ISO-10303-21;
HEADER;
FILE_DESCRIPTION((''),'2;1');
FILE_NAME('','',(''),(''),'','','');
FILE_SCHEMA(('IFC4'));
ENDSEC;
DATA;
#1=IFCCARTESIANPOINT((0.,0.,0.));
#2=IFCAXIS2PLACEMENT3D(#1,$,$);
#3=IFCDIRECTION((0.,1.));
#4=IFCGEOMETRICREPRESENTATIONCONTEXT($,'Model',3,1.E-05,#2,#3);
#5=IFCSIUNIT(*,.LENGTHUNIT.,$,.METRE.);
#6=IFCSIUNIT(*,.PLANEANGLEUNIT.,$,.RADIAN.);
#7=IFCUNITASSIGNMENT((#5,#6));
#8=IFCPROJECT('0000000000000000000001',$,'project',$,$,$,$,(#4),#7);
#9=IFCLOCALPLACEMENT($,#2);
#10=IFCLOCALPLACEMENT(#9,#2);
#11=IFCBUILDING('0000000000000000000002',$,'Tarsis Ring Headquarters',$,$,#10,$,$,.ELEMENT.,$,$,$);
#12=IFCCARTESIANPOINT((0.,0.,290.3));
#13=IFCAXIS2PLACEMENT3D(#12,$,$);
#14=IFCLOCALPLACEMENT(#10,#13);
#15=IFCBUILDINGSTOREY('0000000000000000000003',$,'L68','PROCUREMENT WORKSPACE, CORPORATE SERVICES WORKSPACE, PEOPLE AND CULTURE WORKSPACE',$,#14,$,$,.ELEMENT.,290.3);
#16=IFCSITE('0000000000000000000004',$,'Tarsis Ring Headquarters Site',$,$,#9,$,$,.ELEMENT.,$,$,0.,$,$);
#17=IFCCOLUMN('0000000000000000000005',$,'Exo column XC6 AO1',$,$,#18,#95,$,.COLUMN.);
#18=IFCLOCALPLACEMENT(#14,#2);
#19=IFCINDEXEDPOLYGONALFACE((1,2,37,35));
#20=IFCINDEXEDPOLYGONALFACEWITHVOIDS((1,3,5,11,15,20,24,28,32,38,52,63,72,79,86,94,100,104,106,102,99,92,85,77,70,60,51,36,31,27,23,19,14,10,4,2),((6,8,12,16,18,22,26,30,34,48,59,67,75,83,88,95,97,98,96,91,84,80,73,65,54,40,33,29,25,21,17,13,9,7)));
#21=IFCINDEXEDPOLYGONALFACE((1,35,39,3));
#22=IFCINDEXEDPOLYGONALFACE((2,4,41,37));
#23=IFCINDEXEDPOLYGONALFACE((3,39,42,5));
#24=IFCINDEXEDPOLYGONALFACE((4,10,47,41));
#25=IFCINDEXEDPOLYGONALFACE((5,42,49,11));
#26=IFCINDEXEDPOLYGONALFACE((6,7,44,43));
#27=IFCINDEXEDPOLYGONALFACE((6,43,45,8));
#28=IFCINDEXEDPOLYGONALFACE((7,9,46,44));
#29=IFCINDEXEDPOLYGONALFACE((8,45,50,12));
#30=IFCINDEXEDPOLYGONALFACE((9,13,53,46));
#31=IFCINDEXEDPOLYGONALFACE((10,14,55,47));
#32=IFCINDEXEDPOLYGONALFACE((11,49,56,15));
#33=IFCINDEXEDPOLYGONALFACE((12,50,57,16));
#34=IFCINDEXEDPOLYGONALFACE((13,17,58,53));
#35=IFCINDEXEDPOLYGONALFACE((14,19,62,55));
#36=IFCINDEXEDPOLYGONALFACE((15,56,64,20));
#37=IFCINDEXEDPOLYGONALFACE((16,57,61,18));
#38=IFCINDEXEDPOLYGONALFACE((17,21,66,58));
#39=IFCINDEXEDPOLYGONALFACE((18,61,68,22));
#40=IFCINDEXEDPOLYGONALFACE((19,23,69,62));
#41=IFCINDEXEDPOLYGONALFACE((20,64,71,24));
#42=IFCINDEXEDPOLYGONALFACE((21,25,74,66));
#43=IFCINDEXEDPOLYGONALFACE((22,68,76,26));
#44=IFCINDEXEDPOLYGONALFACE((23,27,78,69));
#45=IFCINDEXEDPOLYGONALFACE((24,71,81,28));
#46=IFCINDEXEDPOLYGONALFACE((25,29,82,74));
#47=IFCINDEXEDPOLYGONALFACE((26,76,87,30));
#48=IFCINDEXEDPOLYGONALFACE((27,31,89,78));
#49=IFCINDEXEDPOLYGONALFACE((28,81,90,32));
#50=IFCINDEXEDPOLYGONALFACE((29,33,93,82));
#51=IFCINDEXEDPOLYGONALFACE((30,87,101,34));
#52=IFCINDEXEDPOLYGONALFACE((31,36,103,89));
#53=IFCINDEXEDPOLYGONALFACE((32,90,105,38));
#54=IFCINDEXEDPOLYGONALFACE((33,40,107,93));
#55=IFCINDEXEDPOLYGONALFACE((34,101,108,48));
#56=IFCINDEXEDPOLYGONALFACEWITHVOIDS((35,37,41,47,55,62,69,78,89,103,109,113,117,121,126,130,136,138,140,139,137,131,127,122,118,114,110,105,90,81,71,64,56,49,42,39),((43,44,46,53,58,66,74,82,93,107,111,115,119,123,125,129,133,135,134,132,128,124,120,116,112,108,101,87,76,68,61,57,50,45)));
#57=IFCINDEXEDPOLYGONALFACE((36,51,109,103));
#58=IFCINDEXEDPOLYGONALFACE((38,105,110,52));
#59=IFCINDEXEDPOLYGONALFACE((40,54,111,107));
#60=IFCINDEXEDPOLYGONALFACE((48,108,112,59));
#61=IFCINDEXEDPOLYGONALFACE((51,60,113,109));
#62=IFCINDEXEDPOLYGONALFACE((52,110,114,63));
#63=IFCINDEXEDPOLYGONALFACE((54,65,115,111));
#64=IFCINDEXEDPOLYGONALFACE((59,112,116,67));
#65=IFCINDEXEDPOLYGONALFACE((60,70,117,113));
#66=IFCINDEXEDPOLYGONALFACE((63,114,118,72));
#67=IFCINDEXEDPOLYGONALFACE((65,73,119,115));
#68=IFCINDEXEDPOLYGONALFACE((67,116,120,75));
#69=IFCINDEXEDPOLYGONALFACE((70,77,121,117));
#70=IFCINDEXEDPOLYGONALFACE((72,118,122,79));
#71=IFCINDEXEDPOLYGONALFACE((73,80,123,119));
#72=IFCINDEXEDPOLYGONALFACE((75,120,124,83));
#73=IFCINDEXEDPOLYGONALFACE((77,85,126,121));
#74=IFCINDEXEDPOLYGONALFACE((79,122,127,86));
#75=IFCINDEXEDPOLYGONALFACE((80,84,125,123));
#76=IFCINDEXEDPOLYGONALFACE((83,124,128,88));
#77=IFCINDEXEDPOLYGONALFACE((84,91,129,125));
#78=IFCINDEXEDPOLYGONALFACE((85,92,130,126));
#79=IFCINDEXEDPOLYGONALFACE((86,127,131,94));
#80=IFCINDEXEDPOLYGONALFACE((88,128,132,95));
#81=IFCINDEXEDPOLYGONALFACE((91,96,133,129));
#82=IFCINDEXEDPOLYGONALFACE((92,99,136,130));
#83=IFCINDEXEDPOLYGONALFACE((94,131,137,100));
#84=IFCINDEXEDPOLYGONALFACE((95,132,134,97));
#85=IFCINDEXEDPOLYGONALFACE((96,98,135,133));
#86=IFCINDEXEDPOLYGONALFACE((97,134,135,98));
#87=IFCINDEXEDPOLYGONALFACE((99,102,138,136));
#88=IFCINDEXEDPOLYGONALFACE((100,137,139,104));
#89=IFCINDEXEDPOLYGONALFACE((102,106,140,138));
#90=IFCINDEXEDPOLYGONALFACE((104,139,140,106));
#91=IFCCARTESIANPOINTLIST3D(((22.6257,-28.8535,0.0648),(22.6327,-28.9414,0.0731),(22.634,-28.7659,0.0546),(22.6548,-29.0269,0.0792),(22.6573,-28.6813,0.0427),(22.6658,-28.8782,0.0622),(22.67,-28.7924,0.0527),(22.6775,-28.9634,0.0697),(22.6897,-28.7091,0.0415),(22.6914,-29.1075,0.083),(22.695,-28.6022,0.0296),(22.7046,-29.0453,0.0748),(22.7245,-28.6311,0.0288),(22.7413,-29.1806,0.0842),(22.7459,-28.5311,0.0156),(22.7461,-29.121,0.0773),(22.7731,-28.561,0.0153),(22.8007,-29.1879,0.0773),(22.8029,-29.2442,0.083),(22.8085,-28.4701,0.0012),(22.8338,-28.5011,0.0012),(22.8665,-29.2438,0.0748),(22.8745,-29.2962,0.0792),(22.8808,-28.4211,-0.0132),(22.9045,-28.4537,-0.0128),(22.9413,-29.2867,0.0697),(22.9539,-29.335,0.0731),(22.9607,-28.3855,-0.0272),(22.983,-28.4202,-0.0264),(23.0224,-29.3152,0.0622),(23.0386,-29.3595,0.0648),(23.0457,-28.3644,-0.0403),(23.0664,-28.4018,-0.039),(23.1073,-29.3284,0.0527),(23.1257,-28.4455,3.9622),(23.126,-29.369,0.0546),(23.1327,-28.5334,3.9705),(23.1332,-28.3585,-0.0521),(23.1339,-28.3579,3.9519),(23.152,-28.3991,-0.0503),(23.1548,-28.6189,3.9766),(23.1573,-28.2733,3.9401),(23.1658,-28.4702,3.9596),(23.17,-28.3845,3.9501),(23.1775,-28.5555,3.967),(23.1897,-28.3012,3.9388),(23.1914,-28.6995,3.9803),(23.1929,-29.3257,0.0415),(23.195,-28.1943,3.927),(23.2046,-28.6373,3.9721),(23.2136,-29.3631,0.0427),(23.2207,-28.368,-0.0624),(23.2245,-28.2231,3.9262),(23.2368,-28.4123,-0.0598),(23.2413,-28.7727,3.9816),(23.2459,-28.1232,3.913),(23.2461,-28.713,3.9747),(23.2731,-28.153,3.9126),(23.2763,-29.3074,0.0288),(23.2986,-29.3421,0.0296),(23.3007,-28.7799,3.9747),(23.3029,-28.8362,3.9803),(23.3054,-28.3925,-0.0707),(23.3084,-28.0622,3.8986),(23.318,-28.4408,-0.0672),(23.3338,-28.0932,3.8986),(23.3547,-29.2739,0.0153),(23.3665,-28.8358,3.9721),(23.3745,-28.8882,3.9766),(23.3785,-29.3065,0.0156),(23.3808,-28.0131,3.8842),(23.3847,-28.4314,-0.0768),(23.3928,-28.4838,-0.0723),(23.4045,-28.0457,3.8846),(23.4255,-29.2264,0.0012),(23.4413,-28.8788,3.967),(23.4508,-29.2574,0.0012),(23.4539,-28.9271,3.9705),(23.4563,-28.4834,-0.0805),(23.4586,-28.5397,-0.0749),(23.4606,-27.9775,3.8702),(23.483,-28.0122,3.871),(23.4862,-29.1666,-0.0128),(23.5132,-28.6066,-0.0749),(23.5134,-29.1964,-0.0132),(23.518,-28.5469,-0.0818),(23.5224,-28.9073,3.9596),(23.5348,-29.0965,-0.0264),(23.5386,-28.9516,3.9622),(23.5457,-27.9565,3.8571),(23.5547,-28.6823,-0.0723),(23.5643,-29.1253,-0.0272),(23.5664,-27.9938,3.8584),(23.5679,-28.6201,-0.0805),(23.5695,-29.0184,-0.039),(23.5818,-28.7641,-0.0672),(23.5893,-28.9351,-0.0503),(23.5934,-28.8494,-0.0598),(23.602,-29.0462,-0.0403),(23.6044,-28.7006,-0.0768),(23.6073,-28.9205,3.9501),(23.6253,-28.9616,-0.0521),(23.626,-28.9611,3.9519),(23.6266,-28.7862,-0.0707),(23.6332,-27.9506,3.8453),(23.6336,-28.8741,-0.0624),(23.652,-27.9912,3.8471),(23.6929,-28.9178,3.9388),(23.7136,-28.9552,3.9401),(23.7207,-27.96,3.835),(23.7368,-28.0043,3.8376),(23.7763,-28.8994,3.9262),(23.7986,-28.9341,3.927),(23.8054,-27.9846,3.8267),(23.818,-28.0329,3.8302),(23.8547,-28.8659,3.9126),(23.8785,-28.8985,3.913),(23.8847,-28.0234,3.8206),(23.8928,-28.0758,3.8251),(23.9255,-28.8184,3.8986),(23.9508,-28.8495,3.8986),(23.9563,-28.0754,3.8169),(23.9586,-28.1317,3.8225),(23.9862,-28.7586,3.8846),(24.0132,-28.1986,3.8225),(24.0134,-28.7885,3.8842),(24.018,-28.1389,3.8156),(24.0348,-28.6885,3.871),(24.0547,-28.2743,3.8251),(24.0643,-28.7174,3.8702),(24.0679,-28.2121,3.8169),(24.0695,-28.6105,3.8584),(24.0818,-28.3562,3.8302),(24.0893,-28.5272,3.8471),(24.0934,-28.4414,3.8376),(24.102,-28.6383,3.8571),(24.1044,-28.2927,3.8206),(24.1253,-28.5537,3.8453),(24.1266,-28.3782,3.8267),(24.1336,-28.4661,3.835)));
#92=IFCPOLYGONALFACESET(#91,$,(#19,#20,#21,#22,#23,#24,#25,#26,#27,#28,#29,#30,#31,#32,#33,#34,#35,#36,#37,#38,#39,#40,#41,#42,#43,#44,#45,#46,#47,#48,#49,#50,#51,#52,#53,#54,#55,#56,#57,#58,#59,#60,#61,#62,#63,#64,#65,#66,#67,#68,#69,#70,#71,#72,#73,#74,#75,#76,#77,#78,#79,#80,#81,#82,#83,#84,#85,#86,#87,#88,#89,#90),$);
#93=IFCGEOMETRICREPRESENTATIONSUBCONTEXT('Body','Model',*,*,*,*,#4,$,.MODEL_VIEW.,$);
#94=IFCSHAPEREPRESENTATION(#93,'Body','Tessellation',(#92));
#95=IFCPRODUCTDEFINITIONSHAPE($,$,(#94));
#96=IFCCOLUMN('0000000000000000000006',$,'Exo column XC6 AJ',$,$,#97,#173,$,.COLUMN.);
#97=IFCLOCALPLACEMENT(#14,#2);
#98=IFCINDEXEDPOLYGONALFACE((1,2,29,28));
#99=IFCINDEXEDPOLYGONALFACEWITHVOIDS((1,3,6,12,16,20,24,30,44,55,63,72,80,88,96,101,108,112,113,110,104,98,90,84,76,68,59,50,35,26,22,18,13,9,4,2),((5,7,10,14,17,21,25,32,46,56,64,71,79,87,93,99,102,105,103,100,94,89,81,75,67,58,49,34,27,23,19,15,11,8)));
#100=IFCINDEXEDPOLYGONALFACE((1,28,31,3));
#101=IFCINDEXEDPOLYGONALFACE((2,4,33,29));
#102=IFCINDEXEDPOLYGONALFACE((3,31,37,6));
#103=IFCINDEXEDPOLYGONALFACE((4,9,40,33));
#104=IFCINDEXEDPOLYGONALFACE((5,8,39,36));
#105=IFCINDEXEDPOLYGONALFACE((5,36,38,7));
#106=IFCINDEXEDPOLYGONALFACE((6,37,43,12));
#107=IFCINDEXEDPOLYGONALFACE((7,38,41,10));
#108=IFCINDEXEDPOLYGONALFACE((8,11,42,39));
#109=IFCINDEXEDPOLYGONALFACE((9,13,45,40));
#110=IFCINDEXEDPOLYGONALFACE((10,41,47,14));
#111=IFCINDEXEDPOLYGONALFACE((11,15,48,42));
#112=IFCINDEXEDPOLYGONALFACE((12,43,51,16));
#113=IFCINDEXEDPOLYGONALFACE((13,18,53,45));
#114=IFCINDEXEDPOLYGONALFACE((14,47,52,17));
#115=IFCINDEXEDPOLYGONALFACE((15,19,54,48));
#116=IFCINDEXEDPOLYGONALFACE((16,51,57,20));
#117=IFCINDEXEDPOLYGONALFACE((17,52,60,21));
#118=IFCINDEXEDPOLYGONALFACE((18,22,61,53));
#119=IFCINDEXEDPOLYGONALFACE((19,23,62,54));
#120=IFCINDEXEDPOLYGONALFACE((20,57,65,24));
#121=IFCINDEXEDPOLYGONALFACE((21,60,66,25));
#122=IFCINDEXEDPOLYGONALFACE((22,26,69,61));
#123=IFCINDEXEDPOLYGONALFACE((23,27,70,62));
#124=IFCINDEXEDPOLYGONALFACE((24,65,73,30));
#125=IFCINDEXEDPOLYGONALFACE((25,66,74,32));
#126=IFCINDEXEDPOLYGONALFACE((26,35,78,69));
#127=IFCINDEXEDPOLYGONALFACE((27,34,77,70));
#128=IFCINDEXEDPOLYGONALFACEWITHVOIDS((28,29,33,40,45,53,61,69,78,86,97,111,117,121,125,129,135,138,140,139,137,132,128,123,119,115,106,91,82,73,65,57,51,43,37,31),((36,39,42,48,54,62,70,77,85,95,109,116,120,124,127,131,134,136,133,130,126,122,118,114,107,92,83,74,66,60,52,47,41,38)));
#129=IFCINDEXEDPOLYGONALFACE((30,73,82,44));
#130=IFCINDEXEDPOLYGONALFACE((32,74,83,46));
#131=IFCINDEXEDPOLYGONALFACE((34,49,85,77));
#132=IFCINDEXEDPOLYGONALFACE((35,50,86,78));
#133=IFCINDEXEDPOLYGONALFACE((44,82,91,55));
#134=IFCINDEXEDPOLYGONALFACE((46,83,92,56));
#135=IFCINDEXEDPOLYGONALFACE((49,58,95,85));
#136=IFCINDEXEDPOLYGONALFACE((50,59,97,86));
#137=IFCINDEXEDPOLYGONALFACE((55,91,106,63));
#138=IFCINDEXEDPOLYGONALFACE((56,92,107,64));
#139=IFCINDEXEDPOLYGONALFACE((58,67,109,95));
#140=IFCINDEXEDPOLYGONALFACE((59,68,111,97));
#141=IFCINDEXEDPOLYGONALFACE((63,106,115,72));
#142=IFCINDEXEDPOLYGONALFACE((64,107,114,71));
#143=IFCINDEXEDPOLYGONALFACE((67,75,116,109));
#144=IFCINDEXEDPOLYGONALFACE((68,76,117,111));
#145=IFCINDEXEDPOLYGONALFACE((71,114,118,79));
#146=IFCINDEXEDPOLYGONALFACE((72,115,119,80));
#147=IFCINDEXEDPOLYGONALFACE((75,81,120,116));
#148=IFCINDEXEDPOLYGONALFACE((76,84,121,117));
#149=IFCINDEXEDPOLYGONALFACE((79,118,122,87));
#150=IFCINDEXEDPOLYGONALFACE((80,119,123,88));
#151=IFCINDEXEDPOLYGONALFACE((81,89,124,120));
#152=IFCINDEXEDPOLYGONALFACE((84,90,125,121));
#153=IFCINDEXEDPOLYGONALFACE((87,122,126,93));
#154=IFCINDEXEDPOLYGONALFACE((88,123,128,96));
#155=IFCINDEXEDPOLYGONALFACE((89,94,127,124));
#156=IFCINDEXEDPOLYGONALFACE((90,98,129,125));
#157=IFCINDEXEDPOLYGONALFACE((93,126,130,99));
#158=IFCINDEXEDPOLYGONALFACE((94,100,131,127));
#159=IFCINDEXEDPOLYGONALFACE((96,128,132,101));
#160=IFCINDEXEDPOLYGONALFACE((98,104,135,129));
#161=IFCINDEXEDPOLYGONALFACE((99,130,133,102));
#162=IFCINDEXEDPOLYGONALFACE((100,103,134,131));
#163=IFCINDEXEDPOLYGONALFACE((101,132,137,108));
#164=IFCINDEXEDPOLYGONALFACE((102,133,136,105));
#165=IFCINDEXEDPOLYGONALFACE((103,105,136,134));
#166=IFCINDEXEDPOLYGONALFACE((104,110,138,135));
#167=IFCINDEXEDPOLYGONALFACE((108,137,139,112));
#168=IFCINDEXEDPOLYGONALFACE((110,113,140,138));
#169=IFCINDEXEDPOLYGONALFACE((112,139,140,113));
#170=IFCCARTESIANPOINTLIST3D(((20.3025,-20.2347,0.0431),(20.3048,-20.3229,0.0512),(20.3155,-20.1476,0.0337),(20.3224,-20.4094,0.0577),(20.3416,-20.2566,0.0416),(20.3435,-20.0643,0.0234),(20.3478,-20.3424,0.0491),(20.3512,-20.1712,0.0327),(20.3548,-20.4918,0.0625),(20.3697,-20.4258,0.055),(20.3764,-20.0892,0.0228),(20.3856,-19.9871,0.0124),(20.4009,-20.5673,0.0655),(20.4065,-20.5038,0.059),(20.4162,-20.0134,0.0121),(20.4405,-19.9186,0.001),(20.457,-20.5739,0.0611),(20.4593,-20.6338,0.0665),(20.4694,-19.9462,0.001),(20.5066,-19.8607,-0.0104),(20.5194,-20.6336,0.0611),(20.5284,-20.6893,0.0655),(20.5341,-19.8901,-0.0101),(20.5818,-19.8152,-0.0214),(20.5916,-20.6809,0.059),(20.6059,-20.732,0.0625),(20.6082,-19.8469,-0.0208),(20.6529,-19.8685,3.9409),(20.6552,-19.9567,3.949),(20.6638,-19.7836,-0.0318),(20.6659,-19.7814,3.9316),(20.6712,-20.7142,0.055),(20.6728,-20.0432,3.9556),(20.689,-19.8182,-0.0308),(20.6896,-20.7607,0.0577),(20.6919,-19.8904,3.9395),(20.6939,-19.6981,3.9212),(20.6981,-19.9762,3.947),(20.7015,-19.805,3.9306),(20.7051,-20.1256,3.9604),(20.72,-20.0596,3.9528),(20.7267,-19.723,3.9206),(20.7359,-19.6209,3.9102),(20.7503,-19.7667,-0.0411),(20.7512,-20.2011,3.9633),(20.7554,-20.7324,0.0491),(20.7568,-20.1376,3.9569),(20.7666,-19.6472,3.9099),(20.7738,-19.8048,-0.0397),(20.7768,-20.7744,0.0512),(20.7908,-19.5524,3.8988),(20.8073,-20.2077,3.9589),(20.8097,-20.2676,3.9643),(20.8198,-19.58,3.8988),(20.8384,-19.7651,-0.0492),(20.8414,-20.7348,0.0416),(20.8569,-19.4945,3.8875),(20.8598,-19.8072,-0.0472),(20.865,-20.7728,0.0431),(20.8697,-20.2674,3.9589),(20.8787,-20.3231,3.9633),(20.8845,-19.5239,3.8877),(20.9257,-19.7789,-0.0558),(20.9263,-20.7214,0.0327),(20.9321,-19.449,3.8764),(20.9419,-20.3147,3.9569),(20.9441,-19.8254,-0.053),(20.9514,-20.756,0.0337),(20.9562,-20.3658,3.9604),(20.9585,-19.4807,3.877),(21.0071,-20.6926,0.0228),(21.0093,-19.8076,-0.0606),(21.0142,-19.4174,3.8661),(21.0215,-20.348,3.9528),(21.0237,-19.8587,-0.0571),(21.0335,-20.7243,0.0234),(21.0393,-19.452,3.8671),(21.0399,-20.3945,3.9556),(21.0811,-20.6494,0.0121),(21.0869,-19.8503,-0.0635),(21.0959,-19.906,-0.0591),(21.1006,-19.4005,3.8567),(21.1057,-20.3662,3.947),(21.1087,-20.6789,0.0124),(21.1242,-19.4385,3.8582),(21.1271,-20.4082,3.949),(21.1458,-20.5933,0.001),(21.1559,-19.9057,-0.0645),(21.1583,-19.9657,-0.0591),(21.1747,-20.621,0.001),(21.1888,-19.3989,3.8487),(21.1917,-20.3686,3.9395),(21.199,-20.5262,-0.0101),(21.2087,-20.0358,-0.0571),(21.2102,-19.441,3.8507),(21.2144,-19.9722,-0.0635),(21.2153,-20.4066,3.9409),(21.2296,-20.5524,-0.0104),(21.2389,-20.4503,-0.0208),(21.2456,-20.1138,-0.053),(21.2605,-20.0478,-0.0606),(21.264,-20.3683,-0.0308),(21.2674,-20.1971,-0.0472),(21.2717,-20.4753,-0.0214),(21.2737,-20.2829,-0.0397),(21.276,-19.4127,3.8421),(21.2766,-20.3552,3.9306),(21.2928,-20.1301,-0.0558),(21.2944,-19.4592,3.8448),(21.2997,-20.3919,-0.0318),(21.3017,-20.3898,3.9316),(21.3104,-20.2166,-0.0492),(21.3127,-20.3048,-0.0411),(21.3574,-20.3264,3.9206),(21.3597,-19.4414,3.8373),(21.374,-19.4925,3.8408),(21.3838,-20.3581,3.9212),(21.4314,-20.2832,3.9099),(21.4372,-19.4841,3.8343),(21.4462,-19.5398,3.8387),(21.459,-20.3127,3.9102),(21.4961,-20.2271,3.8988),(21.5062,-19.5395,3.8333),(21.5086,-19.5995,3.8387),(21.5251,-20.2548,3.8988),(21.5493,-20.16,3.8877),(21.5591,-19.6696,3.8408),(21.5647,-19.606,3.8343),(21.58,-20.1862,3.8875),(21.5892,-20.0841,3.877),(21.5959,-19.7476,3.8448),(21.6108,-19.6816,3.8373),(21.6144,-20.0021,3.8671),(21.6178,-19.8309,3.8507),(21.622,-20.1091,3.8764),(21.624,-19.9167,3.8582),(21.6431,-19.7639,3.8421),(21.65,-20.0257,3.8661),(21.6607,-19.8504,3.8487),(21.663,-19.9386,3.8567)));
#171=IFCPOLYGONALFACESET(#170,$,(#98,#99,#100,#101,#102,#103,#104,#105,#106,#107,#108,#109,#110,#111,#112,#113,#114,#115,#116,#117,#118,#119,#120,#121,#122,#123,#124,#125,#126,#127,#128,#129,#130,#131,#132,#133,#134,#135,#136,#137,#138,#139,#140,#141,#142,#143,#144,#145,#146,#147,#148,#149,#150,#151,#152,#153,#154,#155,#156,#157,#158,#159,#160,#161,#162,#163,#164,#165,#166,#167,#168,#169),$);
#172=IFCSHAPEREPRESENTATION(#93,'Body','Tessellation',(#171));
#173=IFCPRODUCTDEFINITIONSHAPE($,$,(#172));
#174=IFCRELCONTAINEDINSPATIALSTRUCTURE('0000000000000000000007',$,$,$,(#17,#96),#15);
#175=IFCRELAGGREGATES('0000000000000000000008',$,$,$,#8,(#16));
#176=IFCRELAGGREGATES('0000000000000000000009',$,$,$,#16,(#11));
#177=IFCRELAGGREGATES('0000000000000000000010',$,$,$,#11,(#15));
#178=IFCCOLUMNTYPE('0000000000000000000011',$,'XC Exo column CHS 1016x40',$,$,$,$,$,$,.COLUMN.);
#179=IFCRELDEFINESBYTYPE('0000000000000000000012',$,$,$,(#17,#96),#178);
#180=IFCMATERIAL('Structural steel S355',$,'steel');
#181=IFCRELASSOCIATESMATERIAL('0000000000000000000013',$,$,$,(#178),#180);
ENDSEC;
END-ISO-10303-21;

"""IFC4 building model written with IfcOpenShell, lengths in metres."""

from ifc_helpers import new_model, si_unit, direction, frame, origin, origin_2d, place, context, subcontext, project, spatial, hollow_circle, extrude, material, material_profile, profile_set, type_object, element, save


model = new_model("IFC4")

# Units and contexts
model_context = context("Model", 3, precision=1e-05, world=origin(), true_north=direction((0.0, 1.0)))
body_context = subcontext(model_context, "Body", "Model", "MODEL_VIEW")
ifc_project = project(units=[si_unit("LENGTHUNIT", "METRE"), si_unit("PLANEANGLEUNIT", "RADIAN")], contexts=[model_context])

# Site, building, storey
site_placement = place(None, origin())
site = spatial("IfcSite", under=ifc_project, at=site_placement, Name="Tarsis Ring Headquarters Site", CompositionType="ELEMENT", RefElevation=0.0)
building_placement = place(site_placement, origin())
building = spatial("IfcBuilding", under=site, at=building_placement, Name="Tarsis Ring Headquarters", CompositionType="ELEMENT")
storey_placement = place(building_placement, frame((0.0, 0.0, 290.3)))
storey = spatial("IfcBuildingStorey", under=building, at=storey_placement, Name="L68", Description="PROCUREMENT WORKSPACE, CORPORATE SERVICES WORKSPACE, PEOPLE AND CULTURE WORKSPACE", CompositionType="ELEMENT", Elevation=290.3)

# Columns
ifc_material_1 = material(Name="Structural steel S355", Category="steel")
ifc_material_profile_1 = material_profile(ifc_material_1, hollow_circle(Radius=0.5081, WallThickness=0.04, at=origin_2d()), Name="CHS 1016x40")
ifc_profile_set_1 = profile_set([ifc_material_profile_1], Name="Structural steel S355")
column_type = type_object("IfcColumnType", Name="XC Exo column CHS 1016x40", PredefinedType="COLUMN", material=ifc_profile_set_1)
column_placement = place(storey_placement, frame((23.1296, -28.8638, 0.0012), z_axis=(0.126566, 0.103267, 0.986568), x_axis=(-0.632187, 0.774816, 0.0)))
element("IfcColumn", 1, at=column_placement, inside=storey, type_object=column_type, Name="Exo column XC6 AO1", PredefinedType="COLUMN", context=body_context, shape_type="SweptSolid", body=[
    extrude(hollow_circle(Radius=0.5081, WallThickness=0.04, at=origin_2d()), origin(), (0.0, 0.0, 1.0), 3.9504),
])
for number, where, z_axis, x_axis, name in (
    (2, (20.8076, -20.2698, 0.001), (0.089128, 0.093165, 0.991653), (-0.72259, 0.691277, 0.0), "Exo column XC6 AJ"),
):
    element("IfcColumn", number, at=place(storey_placement, frame(where, z_axis=z_axis, x_axis=x_axis)), inside=storey, type_object=column_type, Name=name, PredefinedType="COLUMN", context=body_context, shape_type="SweptSolid", body=[
        extrude(hollow_circle(Radius=0.5081, WallThickness=0.04, at=origin_2d()), origin(), (0.0, 0.0, 1.0), 3.9307),
    ])

save(model, "model.ifc")
